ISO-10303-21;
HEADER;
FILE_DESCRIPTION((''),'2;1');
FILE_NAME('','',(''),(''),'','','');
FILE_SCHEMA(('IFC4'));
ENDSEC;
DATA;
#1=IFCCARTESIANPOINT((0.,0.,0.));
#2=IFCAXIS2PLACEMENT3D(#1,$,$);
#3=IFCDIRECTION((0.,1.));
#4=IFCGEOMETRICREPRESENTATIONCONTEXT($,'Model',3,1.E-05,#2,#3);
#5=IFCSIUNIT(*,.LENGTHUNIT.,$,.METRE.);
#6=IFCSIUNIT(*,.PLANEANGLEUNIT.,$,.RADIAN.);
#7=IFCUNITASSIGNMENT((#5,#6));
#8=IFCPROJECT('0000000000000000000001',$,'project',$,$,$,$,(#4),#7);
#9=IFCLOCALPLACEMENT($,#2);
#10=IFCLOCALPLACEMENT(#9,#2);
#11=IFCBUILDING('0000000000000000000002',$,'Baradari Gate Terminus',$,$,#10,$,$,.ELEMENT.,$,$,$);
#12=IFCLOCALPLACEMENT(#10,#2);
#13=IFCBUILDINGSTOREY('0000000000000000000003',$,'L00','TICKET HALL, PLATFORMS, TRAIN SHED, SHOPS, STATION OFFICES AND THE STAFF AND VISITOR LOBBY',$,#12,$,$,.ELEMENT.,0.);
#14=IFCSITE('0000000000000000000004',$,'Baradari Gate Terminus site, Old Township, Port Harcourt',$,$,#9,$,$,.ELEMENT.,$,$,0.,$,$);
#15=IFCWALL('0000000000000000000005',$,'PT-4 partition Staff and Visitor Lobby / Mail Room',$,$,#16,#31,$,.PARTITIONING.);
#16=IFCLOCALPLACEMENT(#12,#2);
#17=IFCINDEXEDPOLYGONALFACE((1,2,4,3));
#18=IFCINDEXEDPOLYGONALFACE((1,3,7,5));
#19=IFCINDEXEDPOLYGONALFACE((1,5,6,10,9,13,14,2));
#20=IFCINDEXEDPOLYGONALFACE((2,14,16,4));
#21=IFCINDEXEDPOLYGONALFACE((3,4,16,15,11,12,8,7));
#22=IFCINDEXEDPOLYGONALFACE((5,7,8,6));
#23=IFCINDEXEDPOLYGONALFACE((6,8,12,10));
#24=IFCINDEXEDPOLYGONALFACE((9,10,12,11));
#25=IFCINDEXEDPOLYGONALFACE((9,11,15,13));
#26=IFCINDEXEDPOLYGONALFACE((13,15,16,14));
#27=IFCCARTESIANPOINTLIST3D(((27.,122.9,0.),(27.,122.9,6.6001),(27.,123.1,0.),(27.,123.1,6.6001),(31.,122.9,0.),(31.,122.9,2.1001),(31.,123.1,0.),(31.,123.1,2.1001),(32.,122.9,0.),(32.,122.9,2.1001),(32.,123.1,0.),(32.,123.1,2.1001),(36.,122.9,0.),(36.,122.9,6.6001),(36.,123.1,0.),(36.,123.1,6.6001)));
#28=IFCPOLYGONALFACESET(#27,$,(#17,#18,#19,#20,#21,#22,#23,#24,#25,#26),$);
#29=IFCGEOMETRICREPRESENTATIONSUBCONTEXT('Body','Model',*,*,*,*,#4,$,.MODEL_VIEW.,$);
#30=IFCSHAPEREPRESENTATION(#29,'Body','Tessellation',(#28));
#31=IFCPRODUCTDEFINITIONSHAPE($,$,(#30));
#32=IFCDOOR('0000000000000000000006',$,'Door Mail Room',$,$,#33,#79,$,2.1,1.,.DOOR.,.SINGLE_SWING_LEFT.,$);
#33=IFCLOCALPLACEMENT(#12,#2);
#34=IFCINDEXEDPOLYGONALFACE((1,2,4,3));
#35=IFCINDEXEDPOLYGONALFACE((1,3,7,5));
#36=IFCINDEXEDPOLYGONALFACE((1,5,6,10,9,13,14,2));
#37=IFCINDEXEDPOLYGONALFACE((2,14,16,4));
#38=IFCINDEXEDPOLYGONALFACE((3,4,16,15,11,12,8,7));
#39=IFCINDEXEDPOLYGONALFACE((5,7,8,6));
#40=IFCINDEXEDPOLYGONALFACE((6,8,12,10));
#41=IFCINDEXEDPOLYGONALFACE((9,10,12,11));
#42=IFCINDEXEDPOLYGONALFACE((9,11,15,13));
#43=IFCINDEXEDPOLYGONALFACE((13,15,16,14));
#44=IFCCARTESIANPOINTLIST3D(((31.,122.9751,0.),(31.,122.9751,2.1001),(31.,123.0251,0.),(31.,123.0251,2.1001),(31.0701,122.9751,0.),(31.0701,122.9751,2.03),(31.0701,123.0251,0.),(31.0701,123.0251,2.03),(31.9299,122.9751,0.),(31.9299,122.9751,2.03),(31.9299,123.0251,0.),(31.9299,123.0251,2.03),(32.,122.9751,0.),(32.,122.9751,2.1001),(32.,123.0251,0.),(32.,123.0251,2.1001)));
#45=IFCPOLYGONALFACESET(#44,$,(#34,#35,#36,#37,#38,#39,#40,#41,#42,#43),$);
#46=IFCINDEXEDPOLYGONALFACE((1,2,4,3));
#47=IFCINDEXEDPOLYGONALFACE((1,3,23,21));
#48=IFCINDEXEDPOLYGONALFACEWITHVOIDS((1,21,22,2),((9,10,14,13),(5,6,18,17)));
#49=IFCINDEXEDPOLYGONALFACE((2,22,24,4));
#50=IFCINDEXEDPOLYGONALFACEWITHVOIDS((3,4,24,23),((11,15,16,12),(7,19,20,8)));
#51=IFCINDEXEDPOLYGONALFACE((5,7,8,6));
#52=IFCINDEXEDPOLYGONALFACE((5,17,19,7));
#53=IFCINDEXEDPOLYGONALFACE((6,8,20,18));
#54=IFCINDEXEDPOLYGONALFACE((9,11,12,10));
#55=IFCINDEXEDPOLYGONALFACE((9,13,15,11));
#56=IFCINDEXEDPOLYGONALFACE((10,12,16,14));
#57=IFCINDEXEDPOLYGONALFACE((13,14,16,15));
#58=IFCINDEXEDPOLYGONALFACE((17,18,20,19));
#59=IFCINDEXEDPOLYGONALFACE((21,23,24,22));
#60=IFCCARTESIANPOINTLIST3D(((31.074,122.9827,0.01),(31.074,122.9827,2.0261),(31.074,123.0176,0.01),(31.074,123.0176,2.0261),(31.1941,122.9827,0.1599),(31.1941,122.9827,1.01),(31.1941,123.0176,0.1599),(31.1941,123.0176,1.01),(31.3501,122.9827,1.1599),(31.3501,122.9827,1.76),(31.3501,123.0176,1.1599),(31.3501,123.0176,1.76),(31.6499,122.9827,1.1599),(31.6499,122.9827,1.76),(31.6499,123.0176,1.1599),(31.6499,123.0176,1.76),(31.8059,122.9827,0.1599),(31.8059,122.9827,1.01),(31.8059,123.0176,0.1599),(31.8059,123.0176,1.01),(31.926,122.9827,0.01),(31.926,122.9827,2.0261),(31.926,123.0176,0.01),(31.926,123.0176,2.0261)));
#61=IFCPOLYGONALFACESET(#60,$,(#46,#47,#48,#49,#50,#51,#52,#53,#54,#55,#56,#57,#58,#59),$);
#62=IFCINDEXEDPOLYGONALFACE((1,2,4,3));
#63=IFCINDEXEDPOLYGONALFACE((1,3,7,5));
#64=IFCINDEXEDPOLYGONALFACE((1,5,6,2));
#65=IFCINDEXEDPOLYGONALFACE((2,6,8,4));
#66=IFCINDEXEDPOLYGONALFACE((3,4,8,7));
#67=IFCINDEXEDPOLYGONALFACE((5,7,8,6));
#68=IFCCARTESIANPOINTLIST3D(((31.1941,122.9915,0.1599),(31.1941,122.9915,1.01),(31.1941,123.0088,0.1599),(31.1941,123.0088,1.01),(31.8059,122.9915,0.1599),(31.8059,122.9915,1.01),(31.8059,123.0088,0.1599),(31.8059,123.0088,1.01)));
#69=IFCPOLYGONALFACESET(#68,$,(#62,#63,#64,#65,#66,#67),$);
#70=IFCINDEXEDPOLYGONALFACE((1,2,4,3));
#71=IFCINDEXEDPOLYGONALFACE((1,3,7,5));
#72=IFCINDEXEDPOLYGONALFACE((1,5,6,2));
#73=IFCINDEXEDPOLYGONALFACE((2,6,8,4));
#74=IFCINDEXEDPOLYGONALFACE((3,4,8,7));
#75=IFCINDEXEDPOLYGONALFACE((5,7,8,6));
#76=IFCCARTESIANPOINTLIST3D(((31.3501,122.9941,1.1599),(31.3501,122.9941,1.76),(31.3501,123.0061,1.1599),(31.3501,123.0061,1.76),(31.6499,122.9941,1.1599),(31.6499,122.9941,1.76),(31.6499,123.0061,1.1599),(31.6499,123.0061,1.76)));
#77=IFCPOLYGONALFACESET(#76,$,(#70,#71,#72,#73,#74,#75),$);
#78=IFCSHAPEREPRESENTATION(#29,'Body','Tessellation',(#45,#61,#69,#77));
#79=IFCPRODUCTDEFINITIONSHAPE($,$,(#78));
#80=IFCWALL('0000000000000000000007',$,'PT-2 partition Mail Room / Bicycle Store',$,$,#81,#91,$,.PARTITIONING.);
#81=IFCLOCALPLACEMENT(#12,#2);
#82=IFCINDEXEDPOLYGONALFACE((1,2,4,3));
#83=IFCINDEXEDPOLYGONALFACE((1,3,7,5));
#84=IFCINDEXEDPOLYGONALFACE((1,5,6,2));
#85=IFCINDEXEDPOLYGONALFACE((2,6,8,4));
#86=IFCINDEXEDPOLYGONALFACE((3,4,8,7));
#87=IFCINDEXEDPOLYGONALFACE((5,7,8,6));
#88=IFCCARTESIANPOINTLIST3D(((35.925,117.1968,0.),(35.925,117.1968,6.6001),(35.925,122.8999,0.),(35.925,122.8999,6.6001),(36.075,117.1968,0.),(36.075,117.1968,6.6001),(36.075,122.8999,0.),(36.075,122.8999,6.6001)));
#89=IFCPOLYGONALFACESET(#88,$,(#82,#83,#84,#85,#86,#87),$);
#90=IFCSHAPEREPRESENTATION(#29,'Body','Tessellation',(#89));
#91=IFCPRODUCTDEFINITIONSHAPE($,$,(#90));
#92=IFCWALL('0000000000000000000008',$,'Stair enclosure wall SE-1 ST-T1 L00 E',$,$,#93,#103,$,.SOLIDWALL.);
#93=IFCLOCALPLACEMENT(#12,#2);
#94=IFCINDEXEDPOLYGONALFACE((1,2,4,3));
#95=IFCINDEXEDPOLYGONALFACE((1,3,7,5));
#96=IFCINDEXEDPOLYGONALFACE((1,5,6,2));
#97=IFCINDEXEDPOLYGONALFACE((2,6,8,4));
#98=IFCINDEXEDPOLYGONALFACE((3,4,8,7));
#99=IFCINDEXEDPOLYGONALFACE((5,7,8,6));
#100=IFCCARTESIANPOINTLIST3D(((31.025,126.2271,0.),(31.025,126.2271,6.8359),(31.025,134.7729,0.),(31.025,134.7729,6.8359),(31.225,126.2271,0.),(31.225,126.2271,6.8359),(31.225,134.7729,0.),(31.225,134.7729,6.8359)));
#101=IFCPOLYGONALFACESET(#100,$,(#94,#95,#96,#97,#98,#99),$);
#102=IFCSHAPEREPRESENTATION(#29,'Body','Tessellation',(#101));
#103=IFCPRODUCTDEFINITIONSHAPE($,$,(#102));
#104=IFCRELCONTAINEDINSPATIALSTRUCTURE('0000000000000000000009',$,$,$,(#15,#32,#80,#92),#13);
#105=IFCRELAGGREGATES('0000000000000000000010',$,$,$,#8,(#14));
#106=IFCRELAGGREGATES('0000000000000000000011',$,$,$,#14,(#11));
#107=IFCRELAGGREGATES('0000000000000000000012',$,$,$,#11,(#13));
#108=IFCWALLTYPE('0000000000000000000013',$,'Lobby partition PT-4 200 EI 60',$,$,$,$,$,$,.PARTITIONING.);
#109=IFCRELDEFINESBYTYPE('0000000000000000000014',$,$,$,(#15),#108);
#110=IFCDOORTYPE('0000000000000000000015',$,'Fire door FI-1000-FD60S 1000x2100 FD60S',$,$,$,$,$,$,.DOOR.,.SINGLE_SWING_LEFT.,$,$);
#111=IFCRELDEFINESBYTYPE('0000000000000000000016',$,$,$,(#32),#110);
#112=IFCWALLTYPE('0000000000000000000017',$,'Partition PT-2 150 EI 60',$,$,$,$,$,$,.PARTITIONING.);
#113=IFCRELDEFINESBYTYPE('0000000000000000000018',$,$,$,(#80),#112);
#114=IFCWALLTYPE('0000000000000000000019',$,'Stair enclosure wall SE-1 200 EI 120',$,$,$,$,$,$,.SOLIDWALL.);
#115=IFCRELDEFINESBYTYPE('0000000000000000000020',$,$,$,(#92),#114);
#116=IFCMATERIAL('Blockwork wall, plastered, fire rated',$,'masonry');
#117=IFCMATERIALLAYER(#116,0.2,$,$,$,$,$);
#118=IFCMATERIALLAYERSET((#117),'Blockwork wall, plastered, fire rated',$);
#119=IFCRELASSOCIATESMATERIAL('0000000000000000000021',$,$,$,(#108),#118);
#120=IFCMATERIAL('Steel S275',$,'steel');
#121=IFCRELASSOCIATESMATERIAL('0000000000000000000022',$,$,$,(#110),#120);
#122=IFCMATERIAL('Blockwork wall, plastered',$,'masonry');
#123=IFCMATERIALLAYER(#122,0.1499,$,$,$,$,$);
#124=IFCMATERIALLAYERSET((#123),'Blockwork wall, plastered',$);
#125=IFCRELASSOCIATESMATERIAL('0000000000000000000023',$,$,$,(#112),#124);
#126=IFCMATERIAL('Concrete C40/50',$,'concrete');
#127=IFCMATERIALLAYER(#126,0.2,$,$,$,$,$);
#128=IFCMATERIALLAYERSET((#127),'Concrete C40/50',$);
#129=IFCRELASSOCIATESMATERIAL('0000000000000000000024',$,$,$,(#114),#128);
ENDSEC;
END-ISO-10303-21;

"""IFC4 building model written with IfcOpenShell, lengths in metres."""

from ifc_helpers import new_model, si_unit, direction, frame, frame_2d, origin, place, context, subcontext, project, spatial, polyline, rectangle, outline, extrude, material, layer, layer_set, type_object, element, fill, save


model = new_model("IFC4")

# Units and contexts
model_context = context("Model", 3, precision=1e-05, world=origin(), true_north=direction((0.0, 1.0)))
body_context = subcontext(model_context, "Body", "Model", "MODEL_VIEW")
ifc_project = project(units=[si_unit("LENGTHUNIT", "METRE"), si_unit("PLANEANGLEUNIT", "RADIAN")], contexts=[model_context])

# Site, building, storey
site_placement = place(None, origin())
site = spatial("IfcSite", under=ifc_project, at=site_placement, Name="Baradari Gate Terminus site, Old Township, Port Harcourt", CompositionType="ELEMENT", RefElevation=0.0)
building_placement = place(site_placement, origin())
building = spatial("IfcBuilding", under=site, at=building_placement, Name="Baradari Gate Terminus", CompositionType="ELEMENT")
storey_placement = place(building_placement, origin())
storey = spatial("IfcBuildingStorey", under=building, at=storey_placement, Name="L00", Description="TICKET HALL, PLATFORMS, TRAIN SHED, SHOPS, STATION OFFICES AND THE STAFF AND VISITOR LOBBY", CompositionType="ELEMENT", Elevation=0.0)

# Wall, opening, door
ifc_material_1 = material(Name="Blockwork wall, plastered, fire rated", Category="masonry")
ifc_layer_1 = layer(ifc_material_1, 0.2)
ifc_layer_set_1 = layer_set([ifc_layer_1], Name="Blockwork wall, plastered, fire rated")
wall_type_1 = type_object("IfcWallType", Name="Lobby partition PT-4 200 EI 60", PredefinedType="PARTITIONING", material=ifc_layer_set_1)
wall_1_placement = place(storey_placement, frame((36.0, 123.0, 0.0), z_axis=(0.0, 0.0, 1.0), x_axis=(-1.0, 0.0, 0.0)))
wall_1 = element("IfcWall", 1, at=wall_1_placement, inside=storey, type_object=wall_type_1, Name="PT-4 partition Staff and Visitor Lobby / Mail Room", PredefinedType="PARTITIONING", context=body_context, shape_type="SweptSolid", body=[
    extrude(rectangle(XDim=9.0, YDim=0.2, at=frame_2d((4.5, 0.0))), origin(), (0.0, 0.0, 1.0), 6.6001),
])
opening_1_placement = place(wall_1_placement, frame((4.0, 0.0, 0.0)))
opening_1 = element("IfcOpeningElement", 2, at=opening_1_placement, cuts=wall_1, PredefinedType="OPENING", context=body_context, shape_type="SweptSolid", body=[
    extrude(rectangle(XDim=1.0, YDim=2.1001, at=frame_2d((0.5, 1.05))), frame((0.0, 0.1099, 0.0), z_axis=(0.0, -1.0, 0.0), x_axis=(1.0, 0.0, 0.0)), (0.0, 0.0, 1.0), 0.22),
])
ifc_material_2 = material(Name="Steel S275", Category="steel")
door_type_1 = type_object("IfcDoorType", Name="Fire door FI-1000-FD60S 1000x2100 FD60S", OperationType="SINGLE_SWING_LEFT", PredefinedType="DOOR", material=ifc_material_2)
door_1_placement = place(opening_1_placement, origin())
door_1 = element("IfcDoor", 3, at=door_1_placement, inside=storey, type_object=door_type_1, Name="Door Mail Room", OperationType="SINGLE_SWING_LEFT", OverallHeight=2.1, OverallWidth=1.0, PredefinedType="DOOR", context=body_context, shape_type="SweptSolid", body=[
    extrude(outline(polyline([(0.0, 0.0), (0.0701, 0.0), (0.0701, 2.03), (0.9299, 2.03), (0.9299, 0.0), (1.0, 0.0), (1.0, 2.1001), (0.0, 2.1001), (0.0, 0.0)])), frame((0.0, 0.0249, 0.0), z_axis=(0.0, -1.0, 0.0), x_axis=(1.0, 0.0, 0.0)), (0.0, 0.0, 1.0), 0.05),
    extrude(outline(polyline([(0.074, 0.01), (0.926, 0.01), (0.926, 2.0261), (0.074, 2.0261), (0.074, 0.01)]), holes=[polyline([(0.1941, 0.1599), (0.8059, 0.1599), (0.8059, 1.01), (0.1941, 1.01), (0.1941, 0.1599)]), polyline([(0.3501, 1.1599), (0.6499, 1.1599), (0.6499, 1.76), (0.3501, 1.76), (0.3501, 1.1599)])]), frame((0.0, 0.0173, 0.0), z_axis=(0.0, -1.0, 0.0), x_axis=(1.0, 0.0, 0.0)), (0.0, 0.0, 1.0), 0.0349),
    extrude(rectangle(XDim=0.6118, YDim=0.8501, at=frame_2d((0.5, 0.585))), frame((0.0, 0.0085, 0.0), z_axis=(0.0, -1.0, 0.0), x_axis=(1.0, 0.0, 0.0)), (0.0, 0.0, 1.0), 0.0173),
    extrude(rectangle(XDim=0.2998, YDim=0.6001, at=frame_2d((0.5, 1.46))), frame((0.0, 0.0059, 0.0), z_axis=(0.0, -1.0, 0.0), x_axis=(1.0, 0.0, 0.0)), (0.0, 0.0, 1.0), 0.012),
])
fill(opening_1, door_1)

# Walls
ifc_material_3 = material(Name="Blockwork wall, plastered", Category="masonry")
ifc_layer_2 = layer(ifc_material_3, 0.1499)
ifc_layer_set_2 = layer_set([ifc_layer_2], Name="Blockwork wall, plastered")
wall_type_2 = type_object("IfcWallType", Name="Partition PT-2 150 EI 60", PredefinedType="PARTITIONING", material=ifc_layer_set_2)
wall_2_placement = place(storey_placement, frame((36.0, 122.8999, 0.0), z_axis=(0.0, 0.0, 1.0), x_axis=(0.0, -1.0, 0.0)))
element("IfcWall", 4, at=wall_2_placement, inside=storey, type_object=wall_type_2, Name="PT-2 partition Mail Room / Bicycle Store", PredefinedType="PARTITIONING", context=body_context, shape_type="SweptSolid", body=[
    extrude(rectangle(XDim=5.7031, YDim=0.1499, at=frame_2d((2.8516, 0.0))), origin(), (0.0, 0.0, 1.0), 6.6001),
])
ifc_material_4 = material(Name="Concrete C40/50", Category="concrete")
ifc_layer_3 = layer(ifc_material_4, 0.2)
ifc_layer_set_3 = layer_set([ifc_layer_3], Name="Concrete C40/50")
wall_type_3 = type_object("IfcWallType", Name="Stair enclosure wall SE-1 200 EI 120", PredefinedType="SOLIDWALL", material=ifc_layer_set_3)
wall_3_placement = place(storey_placement, frame((31.125, 126.2271, 0.0), z_axis=(0.0, 0.0, 1.0), x_axis=(0.0, 1.0, 0.0)))
element("IfcWall", 5, at=wall_3_placement, inside=storey, type_object=wall_type_3, Name="Stair enclosure wall SE-1 ST-T1 L00 E", PredefinedType="SOLIDWALL", context=body_context, shape_type="SweptSolid", body=[
    extrude(rectangle(XDim=8.5459, YDim=0.2, at=frame_2d((4.2729, 0.0))), origin(), (0.0, 0.0, 1.0), 6.8359),
])

save(model, "model.ifc")
